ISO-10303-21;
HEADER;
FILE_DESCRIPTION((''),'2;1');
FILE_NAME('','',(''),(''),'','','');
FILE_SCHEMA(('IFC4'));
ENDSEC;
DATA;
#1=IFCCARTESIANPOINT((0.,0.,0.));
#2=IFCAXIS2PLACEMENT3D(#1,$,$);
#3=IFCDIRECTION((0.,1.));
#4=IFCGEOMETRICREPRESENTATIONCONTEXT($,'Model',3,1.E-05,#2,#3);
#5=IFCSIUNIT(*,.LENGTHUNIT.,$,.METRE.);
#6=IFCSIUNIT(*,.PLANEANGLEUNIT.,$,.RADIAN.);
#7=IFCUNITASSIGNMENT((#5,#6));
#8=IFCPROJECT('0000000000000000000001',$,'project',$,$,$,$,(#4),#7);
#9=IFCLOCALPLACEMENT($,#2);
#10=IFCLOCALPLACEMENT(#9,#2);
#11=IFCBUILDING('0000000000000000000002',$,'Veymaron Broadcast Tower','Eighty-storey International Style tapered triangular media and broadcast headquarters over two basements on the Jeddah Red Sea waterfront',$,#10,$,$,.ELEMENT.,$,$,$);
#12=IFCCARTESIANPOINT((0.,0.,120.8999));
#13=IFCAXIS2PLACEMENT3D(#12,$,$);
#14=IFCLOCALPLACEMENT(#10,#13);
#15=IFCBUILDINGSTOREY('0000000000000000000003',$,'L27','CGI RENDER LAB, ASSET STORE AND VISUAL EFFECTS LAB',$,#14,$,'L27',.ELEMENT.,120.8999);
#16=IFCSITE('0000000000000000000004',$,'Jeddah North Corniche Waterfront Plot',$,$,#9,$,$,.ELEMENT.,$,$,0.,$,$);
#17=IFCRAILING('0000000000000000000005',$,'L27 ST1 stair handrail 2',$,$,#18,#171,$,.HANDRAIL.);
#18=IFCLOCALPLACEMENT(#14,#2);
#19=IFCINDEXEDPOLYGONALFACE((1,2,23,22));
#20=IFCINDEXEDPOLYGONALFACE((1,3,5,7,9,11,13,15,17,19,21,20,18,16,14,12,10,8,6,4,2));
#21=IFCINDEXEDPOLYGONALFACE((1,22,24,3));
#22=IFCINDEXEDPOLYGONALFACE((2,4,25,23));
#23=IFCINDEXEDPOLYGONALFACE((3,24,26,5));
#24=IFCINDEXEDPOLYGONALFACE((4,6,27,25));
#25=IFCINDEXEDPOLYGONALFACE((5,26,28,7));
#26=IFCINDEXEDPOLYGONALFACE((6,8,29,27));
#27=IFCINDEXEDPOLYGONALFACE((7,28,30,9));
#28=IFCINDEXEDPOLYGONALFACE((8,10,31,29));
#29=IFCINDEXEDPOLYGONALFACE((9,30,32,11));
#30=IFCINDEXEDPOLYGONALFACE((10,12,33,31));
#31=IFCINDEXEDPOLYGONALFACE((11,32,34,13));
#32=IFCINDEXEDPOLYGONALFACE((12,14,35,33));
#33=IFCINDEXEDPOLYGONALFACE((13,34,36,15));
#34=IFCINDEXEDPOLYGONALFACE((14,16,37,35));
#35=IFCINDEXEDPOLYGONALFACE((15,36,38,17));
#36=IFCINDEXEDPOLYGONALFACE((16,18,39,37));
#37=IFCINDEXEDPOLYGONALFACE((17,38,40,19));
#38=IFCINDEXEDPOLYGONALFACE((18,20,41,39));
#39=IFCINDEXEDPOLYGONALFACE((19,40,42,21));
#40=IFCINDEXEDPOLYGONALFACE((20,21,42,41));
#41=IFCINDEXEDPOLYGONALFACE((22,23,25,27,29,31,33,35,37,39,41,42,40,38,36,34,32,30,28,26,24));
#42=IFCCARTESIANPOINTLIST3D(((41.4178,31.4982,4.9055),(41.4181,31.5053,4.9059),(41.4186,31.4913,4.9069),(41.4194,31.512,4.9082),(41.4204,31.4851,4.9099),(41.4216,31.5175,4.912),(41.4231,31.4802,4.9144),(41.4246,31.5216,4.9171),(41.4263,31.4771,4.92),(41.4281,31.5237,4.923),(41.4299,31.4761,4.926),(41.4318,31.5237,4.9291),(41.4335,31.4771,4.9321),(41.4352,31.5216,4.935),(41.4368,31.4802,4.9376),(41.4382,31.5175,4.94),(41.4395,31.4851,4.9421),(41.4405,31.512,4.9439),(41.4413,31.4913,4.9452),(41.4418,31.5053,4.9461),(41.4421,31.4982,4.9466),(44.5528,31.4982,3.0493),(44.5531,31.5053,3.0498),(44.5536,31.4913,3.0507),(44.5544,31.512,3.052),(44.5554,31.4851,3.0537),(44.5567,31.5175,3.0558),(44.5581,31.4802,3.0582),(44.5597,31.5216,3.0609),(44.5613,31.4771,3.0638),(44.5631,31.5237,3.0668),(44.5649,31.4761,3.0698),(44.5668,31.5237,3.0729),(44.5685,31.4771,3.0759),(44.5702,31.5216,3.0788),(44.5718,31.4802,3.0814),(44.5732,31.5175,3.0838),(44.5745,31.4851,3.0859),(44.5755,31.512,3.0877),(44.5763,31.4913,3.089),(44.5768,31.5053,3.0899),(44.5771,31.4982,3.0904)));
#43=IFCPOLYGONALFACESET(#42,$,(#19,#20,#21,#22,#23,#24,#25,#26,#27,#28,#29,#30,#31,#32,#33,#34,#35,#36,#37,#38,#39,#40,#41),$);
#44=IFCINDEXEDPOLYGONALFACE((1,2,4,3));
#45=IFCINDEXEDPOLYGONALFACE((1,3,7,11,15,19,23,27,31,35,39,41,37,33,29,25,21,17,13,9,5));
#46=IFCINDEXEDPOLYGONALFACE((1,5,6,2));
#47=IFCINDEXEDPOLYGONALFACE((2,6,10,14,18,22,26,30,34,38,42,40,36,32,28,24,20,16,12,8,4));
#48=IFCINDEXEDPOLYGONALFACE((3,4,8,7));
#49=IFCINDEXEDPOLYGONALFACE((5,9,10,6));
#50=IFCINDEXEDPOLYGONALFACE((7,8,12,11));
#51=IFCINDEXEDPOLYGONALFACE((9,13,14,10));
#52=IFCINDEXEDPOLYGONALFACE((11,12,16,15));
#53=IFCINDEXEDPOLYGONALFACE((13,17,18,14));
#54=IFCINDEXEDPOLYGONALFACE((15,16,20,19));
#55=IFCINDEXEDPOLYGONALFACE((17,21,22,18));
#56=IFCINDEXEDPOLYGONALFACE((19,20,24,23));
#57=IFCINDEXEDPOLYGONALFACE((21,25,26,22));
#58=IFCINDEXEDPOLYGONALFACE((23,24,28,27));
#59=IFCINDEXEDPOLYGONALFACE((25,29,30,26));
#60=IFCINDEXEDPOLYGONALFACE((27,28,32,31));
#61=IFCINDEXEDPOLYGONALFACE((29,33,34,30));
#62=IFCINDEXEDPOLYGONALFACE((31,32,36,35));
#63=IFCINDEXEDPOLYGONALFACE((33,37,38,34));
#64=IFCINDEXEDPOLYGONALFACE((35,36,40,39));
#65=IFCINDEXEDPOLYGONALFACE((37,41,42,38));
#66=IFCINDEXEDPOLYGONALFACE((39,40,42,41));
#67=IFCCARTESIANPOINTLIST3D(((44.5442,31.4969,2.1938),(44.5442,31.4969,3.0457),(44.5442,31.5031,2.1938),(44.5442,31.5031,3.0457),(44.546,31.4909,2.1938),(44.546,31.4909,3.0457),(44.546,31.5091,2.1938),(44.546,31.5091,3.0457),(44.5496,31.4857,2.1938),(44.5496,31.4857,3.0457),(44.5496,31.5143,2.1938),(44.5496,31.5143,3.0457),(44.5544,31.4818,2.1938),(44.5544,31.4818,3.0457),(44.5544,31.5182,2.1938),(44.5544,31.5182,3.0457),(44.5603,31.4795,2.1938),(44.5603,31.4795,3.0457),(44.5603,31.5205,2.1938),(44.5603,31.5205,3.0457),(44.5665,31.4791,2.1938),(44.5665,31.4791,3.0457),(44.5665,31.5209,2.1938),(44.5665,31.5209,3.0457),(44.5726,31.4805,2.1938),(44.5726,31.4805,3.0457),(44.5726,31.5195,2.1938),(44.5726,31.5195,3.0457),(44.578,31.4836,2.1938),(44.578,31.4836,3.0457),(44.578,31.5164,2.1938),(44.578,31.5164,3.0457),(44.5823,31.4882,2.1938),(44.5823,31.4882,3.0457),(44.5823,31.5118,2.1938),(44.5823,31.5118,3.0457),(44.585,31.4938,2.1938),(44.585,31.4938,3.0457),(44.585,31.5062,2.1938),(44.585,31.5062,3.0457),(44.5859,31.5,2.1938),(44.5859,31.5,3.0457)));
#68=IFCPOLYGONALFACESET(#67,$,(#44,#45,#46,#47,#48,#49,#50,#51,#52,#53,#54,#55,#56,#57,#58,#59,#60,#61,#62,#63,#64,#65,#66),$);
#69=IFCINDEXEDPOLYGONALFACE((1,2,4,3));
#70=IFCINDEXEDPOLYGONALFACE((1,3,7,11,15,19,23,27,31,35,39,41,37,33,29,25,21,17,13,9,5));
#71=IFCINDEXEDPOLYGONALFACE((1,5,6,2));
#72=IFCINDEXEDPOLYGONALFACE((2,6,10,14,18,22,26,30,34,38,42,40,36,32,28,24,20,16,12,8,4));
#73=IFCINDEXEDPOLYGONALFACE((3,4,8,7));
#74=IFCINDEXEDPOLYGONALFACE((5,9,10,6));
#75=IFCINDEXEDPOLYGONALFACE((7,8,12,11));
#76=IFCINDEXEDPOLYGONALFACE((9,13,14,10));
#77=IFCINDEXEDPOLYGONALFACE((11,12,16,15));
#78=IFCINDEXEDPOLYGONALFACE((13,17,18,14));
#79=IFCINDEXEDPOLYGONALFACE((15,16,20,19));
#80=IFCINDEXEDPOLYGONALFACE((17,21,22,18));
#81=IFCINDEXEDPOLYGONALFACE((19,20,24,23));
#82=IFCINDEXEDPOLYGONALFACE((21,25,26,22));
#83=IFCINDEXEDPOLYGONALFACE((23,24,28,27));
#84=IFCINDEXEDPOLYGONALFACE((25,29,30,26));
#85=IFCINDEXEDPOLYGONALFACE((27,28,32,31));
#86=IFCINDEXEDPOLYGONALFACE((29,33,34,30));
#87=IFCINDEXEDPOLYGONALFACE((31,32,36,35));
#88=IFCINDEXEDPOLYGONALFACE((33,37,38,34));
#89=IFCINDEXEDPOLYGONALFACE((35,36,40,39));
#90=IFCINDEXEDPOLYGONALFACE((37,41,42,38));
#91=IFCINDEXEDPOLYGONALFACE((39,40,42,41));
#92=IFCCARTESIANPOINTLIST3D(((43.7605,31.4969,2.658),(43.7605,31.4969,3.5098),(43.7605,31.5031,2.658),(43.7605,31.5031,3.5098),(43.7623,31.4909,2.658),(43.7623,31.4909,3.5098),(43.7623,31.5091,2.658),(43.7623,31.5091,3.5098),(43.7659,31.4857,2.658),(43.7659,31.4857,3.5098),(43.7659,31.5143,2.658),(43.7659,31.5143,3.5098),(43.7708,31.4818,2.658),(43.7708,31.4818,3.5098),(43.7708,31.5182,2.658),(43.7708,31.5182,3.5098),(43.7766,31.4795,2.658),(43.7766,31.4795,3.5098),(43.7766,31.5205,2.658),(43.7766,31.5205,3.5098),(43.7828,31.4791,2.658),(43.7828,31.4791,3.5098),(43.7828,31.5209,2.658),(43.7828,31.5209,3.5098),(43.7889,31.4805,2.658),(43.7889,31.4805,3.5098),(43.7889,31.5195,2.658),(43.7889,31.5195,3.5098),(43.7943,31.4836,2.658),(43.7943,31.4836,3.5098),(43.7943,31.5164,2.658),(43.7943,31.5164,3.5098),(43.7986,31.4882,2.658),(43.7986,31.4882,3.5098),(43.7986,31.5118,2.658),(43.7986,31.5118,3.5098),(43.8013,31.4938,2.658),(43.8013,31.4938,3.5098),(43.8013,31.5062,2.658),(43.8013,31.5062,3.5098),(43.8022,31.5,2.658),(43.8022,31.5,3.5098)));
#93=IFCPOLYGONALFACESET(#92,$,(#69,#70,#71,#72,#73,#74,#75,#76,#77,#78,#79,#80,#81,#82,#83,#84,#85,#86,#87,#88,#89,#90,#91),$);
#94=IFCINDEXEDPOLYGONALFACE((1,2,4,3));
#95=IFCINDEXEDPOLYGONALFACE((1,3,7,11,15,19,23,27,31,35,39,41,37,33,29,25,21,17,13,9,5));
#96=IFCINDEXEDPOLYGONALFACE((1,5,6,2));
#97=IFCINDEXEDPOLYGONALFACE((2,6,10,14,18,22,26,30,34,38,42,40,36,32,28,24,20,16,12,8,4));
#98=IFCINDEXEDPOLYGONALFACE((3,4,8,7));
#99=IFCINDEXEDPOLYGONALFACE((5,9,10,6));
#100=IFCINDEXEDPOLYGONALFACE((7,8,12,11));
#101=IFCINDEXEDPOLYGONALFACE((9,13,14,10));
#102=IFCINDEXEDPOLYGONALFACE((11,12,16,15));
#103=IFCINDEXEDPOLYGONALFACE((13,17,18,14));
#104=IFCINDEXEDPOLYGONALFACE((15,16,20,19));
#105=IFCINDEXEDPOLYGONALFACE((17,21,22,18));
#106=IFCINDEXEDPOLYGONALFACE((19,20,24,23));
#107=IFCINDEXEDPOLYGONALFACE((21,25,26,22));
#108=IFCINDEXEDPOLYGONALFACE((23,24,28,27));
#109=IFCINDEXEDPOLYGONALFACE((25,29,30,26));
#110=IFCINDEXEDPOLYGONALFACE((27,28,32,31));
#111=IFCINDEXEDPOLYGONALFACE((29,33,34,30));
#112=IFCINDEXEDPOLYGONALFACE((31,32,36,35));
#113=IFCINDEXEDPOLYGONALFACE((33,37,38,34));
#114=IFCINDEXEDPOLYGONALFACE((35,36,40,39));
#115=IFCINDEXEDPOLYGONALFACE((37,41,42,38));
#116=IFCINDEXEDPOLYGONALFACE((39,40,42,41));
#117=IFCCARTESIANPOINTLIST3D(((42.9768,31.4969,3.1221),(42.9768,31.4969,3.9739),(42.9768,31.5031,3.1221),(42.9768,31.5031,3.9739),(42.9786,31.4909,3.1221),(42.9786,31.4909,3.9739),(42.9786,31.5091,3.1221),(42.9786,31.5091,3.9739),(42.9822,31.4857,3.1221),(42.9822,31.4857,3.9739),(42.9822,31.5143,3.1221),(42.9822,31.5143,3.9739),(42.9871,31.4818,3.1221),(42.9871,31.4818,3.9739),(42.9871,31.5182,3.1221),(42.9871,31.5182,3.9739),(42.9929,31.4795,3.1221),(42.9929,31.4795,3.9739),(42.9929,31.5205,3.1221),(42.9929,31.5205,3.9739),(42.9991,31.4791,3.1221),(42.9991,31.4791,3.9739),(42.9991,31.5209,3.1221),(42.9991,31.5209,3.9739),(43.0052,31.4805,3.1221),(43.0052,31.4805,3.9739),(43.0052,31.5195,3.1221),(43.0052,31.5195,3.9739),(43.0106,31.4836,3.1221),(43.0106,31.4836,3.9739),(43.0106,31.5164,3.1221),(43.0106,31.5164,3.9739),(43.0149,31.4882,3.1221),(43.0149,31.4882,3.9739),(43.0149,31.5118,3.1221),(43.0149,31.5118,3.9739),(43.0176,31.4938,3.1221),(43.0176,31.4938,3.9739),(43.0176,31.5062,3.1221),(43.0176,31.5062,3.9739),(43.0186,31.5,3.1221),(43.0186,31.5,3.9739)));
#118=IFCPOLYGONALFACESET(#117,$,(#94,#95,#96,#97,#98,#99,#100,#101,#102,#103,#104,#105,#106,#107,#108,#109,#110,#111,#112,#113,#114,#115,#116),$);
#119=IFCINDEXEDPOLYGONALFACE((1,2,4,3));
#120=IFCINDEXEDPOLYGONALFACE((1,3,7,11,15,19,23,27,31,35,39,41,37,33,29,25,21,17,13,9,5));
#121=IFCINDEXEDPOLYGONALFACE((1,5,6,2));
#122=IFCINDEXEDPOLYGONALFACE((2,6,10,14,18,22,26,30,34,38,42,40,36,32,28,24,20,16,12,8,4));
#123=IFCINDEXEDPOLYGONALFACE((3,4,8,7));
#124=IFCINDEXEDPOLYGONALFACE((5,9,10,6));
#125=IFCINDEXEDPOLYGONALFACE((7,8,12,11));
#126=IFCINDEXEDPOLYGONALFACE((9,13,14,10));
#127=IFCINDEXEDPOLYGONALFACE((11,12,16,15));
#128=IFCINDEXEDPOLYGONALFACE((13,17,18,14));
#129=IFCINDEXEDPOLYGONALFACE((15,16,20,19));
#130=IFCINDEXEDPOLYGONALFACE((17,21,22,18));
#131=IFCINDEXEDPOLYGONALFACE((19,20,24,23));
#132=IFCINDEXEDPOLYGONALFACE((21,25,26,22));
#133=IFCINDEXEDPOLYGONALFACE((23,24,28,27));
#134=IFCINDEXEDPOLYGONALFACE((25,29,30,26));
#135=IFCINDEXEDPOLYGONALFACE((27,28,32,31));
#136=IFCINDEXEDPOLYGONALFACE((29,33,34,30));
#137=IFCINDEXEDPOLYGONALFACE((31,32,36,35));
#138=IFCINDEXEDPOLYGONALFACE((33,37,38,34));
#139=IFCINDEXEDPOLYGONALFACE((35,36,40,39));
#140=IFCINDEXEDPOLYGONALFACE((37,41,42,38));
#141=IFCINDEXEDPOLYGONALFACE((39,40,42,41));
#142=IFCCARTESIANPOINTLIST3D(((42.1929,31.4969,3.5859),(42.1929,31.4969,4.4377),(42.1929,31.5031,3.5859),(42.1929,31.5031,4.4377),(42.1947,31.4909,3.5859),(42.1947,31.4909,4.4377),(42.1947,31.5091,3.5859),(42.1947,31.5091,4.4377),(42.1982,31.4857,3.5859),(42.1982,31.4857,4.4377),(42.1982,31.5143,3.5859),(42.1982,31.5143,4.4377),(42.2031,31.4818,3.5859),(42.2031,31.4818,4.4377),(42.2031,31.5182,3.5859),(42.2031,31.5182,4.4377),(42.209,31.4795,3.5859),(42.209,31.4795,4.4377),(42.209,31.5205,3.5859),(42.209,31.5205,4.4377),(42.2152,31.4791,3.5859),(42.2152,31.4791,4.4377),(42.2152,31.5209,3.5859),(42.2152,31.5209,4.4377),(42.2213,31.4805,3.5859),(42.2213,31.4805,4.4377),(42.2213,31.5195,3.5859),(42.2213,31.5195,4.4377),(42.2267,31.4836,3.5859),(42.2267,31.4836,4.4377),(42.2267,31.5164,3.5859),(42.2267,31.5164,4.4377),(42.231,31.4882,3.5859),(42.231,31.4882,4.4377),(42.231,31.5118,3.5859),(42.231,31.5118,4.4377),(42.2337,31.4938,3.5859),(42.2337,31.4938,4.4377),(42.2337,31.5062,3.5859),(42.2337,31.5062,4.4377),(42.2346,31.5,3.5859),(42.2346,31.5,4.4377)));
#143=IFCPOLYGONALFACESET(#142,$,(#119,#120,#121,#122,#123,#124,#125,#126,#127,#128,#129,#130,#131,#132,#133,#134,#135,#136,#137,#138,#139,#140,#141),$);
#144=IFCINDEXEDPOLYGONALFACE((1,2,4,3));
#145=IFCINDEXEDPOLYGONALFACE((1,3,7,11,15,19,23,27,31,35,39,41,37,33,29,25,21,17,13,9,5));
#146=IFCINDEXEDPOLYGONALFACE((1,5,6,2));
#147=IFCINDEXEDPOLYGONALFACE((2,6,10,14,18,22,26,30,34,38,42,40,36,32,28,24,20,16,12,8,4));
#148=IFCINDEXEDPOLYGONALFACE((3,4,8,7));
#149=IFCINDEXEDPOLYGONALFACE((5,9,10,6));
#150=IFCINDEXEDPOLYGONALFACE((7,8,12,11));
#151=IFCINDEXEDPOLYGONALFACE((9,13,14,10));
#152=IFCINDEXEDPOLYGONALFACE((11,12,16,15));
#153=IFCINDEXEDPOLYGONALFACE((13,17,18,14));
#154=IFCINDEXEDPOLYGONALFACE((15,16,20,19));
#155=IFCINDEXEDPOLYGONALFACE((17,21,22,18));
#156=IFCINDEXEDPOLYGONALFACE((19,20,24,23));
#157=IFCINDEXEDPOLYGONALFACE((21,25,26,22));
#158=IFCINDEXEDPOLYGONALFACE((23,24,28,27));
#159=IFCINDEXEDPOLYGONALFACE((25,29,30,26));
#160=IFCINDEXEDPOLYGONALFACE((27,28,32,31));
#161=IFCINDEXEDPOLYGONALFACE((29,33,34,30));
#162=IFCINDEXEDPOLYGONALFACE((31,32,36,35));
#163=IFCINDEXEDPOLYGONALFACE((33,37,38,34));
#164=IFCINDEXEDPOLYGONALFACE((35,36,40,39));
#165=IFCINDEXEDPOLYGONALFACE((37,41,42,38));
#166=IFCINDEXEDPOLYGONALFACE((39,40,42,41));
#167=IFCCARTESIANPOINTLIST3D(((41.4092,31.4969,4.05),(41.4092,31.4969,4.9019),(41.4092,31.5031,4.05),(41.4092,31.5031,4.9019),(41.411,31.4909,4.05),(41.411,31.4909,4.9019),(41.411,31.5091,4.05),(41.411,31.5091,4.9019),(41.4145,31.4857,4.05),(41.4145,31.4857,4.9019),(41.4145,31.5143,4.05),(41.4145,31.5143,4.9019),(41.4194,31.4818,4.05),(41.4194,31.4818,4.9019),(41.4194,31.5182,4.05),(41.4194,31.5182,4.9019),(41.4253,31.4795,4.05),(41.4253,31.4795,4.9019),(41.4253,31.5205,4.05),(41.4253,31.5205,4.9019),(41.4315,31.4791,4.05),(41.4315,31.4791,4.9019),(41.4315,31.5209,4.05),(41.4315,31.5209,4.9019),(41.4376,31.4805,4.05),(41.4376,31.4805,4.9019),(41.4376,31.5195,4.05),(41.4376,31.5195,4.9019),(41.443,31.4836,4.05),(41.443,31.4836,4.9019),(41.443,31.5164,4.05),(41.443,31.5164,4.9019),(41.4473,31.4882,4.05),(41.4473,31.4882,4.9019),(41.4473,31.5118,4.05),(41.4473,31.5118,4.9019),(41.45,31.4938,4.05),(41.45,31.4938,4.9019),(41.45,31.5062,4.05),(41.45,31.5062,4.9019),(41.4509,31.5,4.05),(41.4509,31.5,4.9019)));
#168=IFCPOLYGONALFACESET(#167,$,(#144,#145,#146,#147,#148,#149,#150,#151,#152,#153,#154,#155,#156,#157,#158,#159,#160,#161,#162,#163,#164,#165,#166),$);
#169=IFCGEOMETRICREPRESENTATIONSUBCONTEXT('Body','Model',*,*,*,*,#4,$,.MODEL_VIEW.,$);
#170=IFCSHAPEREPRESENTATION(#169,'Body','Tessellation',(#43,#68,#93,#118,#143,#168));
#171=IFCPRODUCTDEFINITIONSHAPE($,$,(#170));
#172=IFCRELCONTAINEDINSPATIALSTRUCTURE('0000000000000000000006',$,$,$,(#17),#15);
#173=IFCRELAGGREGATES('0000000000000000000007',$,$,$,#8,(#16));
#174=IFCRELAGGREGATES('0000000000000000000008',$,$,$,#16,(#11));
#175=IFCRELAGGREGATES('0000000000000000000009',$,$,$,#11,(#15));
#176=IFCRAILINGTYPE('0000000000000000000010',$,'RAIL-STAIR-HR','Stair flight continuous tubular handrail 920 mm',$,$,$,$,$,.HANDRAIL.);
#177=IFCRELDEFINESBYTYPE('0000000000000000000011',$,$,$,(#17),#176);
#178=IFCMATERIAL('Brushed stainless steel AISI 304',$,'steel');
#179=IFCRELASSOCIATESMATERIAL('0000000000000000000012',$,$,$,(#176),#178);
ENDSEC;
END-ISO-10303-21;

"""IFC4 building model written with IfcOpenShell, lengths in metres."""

from ifc_helpers import new_model, si_unit, direction, frame, origin, origin_2d, place, context, subcontext, project, spatial, circle, extrude, material, type_object, element, save


model = new_model("IFC4")

# Units and contexts
model_context = context("Model", 3, precision=1e-05, world=origin(), true_north=direction((0.0, 1.0)))
body_context = subcontext(model_context, "Body", "Model", "MODEL_VIEW")
ifc_project = project(units=[si_unit("LENGTHUNIT", "METRE"), si_unit("PLANEANGLEUNIT", "RADIAN")], contexts=[model_context])

# Site, building, storey
site_placement = place(None, origin())
site = spatial("IfcSite", under=ifc_project, at=site_placement, Name="Jeddah North Corniche Waterfront Plot", CompositionType="ELEMENT", RefElevation=0.0)
building_placement = place(site_placement, origin())
building = spatial("IfcBuilding", under=site, at=building_placement, Name="Veymaron Broadcast Tower", Description="Eighty-storey International Style tapered triangular media and broadcast headquarters over two basements on the Jeddah Red Sea waterfront", CompositionType="ELEMENT")
storey_placement = place(building_placement, frame((0.0, 0.0, 120.8999)))
storey = spatial("IfcBuildingStorey", under=building, at=storey_placement, Name="L27", Description="CGI RENDER LAB, ASSET STORE AND VISUAL EFFECTS LAB", LongName="L27", CompositionType="ELEMENT", Elevation=120.8999)

# Shared definitions
ifc_material_1 = material(Name="Brushed stainless steel AISI 304", Category="steel")

# Railing
railing_type_1 = type_object("IfcRailingType", Name="RAIL-STAIR-HR", Description="Stair flight continuous tubular handrail 920 mm", PredefinedType="HANDRAIL", material=ifc_material_1)
railing_1_placement = place(storey_placement, frame((44.5649, 31.5, 2.1938)))
element("IfcRailing", 1, at=railing_1_placement, inside=storey, type_object=railing_type_1, Name="L27 ST1 stair handrail 2", PredefinedType="HANDRAIL", context=body_context, shape_type="SweptSolid", body=[
    extrude(circle(Radius=0.0239, at=origin_2d()), frame((0.0, 0.0, 0.876), z_axis=(-0.860482, 0.0, 0.509481), x_axis=(0.0, -1.0, 0.0)), (0.0, 0.0, 1.0), 3.6433),
    extrude(circle(Radius=0.021, at=origin_2d()), origin(), (0.0, 0.0, 1.0), 0.8518),
    extrude(circle(Radius=0.021, at=origin_2d()), frame((-0.7837, 0.0, 0.4641)), (0.0, 0.0, 1.0), 0.8518),
    extrude(circle(Radius=0.021, at=origin_2d()), frame((-1.5674, 0.0, 0.9282)), (0.0, 0.0, 1.0), 0.8518),
    extrude(circle(Radius=0.021, at=origin_2d()), frame((-2.3513, 0.0, 1.3921)), (0.0, 0.0, 1.0), 0.8518),
    extrude(circle(Radius=0.021, at=origin_2d()), frame((-3.135, 0.0, 1.8562)), (0.0, 0.0, 1.0), 0.8518),
])

save(model, "model.ifc")
